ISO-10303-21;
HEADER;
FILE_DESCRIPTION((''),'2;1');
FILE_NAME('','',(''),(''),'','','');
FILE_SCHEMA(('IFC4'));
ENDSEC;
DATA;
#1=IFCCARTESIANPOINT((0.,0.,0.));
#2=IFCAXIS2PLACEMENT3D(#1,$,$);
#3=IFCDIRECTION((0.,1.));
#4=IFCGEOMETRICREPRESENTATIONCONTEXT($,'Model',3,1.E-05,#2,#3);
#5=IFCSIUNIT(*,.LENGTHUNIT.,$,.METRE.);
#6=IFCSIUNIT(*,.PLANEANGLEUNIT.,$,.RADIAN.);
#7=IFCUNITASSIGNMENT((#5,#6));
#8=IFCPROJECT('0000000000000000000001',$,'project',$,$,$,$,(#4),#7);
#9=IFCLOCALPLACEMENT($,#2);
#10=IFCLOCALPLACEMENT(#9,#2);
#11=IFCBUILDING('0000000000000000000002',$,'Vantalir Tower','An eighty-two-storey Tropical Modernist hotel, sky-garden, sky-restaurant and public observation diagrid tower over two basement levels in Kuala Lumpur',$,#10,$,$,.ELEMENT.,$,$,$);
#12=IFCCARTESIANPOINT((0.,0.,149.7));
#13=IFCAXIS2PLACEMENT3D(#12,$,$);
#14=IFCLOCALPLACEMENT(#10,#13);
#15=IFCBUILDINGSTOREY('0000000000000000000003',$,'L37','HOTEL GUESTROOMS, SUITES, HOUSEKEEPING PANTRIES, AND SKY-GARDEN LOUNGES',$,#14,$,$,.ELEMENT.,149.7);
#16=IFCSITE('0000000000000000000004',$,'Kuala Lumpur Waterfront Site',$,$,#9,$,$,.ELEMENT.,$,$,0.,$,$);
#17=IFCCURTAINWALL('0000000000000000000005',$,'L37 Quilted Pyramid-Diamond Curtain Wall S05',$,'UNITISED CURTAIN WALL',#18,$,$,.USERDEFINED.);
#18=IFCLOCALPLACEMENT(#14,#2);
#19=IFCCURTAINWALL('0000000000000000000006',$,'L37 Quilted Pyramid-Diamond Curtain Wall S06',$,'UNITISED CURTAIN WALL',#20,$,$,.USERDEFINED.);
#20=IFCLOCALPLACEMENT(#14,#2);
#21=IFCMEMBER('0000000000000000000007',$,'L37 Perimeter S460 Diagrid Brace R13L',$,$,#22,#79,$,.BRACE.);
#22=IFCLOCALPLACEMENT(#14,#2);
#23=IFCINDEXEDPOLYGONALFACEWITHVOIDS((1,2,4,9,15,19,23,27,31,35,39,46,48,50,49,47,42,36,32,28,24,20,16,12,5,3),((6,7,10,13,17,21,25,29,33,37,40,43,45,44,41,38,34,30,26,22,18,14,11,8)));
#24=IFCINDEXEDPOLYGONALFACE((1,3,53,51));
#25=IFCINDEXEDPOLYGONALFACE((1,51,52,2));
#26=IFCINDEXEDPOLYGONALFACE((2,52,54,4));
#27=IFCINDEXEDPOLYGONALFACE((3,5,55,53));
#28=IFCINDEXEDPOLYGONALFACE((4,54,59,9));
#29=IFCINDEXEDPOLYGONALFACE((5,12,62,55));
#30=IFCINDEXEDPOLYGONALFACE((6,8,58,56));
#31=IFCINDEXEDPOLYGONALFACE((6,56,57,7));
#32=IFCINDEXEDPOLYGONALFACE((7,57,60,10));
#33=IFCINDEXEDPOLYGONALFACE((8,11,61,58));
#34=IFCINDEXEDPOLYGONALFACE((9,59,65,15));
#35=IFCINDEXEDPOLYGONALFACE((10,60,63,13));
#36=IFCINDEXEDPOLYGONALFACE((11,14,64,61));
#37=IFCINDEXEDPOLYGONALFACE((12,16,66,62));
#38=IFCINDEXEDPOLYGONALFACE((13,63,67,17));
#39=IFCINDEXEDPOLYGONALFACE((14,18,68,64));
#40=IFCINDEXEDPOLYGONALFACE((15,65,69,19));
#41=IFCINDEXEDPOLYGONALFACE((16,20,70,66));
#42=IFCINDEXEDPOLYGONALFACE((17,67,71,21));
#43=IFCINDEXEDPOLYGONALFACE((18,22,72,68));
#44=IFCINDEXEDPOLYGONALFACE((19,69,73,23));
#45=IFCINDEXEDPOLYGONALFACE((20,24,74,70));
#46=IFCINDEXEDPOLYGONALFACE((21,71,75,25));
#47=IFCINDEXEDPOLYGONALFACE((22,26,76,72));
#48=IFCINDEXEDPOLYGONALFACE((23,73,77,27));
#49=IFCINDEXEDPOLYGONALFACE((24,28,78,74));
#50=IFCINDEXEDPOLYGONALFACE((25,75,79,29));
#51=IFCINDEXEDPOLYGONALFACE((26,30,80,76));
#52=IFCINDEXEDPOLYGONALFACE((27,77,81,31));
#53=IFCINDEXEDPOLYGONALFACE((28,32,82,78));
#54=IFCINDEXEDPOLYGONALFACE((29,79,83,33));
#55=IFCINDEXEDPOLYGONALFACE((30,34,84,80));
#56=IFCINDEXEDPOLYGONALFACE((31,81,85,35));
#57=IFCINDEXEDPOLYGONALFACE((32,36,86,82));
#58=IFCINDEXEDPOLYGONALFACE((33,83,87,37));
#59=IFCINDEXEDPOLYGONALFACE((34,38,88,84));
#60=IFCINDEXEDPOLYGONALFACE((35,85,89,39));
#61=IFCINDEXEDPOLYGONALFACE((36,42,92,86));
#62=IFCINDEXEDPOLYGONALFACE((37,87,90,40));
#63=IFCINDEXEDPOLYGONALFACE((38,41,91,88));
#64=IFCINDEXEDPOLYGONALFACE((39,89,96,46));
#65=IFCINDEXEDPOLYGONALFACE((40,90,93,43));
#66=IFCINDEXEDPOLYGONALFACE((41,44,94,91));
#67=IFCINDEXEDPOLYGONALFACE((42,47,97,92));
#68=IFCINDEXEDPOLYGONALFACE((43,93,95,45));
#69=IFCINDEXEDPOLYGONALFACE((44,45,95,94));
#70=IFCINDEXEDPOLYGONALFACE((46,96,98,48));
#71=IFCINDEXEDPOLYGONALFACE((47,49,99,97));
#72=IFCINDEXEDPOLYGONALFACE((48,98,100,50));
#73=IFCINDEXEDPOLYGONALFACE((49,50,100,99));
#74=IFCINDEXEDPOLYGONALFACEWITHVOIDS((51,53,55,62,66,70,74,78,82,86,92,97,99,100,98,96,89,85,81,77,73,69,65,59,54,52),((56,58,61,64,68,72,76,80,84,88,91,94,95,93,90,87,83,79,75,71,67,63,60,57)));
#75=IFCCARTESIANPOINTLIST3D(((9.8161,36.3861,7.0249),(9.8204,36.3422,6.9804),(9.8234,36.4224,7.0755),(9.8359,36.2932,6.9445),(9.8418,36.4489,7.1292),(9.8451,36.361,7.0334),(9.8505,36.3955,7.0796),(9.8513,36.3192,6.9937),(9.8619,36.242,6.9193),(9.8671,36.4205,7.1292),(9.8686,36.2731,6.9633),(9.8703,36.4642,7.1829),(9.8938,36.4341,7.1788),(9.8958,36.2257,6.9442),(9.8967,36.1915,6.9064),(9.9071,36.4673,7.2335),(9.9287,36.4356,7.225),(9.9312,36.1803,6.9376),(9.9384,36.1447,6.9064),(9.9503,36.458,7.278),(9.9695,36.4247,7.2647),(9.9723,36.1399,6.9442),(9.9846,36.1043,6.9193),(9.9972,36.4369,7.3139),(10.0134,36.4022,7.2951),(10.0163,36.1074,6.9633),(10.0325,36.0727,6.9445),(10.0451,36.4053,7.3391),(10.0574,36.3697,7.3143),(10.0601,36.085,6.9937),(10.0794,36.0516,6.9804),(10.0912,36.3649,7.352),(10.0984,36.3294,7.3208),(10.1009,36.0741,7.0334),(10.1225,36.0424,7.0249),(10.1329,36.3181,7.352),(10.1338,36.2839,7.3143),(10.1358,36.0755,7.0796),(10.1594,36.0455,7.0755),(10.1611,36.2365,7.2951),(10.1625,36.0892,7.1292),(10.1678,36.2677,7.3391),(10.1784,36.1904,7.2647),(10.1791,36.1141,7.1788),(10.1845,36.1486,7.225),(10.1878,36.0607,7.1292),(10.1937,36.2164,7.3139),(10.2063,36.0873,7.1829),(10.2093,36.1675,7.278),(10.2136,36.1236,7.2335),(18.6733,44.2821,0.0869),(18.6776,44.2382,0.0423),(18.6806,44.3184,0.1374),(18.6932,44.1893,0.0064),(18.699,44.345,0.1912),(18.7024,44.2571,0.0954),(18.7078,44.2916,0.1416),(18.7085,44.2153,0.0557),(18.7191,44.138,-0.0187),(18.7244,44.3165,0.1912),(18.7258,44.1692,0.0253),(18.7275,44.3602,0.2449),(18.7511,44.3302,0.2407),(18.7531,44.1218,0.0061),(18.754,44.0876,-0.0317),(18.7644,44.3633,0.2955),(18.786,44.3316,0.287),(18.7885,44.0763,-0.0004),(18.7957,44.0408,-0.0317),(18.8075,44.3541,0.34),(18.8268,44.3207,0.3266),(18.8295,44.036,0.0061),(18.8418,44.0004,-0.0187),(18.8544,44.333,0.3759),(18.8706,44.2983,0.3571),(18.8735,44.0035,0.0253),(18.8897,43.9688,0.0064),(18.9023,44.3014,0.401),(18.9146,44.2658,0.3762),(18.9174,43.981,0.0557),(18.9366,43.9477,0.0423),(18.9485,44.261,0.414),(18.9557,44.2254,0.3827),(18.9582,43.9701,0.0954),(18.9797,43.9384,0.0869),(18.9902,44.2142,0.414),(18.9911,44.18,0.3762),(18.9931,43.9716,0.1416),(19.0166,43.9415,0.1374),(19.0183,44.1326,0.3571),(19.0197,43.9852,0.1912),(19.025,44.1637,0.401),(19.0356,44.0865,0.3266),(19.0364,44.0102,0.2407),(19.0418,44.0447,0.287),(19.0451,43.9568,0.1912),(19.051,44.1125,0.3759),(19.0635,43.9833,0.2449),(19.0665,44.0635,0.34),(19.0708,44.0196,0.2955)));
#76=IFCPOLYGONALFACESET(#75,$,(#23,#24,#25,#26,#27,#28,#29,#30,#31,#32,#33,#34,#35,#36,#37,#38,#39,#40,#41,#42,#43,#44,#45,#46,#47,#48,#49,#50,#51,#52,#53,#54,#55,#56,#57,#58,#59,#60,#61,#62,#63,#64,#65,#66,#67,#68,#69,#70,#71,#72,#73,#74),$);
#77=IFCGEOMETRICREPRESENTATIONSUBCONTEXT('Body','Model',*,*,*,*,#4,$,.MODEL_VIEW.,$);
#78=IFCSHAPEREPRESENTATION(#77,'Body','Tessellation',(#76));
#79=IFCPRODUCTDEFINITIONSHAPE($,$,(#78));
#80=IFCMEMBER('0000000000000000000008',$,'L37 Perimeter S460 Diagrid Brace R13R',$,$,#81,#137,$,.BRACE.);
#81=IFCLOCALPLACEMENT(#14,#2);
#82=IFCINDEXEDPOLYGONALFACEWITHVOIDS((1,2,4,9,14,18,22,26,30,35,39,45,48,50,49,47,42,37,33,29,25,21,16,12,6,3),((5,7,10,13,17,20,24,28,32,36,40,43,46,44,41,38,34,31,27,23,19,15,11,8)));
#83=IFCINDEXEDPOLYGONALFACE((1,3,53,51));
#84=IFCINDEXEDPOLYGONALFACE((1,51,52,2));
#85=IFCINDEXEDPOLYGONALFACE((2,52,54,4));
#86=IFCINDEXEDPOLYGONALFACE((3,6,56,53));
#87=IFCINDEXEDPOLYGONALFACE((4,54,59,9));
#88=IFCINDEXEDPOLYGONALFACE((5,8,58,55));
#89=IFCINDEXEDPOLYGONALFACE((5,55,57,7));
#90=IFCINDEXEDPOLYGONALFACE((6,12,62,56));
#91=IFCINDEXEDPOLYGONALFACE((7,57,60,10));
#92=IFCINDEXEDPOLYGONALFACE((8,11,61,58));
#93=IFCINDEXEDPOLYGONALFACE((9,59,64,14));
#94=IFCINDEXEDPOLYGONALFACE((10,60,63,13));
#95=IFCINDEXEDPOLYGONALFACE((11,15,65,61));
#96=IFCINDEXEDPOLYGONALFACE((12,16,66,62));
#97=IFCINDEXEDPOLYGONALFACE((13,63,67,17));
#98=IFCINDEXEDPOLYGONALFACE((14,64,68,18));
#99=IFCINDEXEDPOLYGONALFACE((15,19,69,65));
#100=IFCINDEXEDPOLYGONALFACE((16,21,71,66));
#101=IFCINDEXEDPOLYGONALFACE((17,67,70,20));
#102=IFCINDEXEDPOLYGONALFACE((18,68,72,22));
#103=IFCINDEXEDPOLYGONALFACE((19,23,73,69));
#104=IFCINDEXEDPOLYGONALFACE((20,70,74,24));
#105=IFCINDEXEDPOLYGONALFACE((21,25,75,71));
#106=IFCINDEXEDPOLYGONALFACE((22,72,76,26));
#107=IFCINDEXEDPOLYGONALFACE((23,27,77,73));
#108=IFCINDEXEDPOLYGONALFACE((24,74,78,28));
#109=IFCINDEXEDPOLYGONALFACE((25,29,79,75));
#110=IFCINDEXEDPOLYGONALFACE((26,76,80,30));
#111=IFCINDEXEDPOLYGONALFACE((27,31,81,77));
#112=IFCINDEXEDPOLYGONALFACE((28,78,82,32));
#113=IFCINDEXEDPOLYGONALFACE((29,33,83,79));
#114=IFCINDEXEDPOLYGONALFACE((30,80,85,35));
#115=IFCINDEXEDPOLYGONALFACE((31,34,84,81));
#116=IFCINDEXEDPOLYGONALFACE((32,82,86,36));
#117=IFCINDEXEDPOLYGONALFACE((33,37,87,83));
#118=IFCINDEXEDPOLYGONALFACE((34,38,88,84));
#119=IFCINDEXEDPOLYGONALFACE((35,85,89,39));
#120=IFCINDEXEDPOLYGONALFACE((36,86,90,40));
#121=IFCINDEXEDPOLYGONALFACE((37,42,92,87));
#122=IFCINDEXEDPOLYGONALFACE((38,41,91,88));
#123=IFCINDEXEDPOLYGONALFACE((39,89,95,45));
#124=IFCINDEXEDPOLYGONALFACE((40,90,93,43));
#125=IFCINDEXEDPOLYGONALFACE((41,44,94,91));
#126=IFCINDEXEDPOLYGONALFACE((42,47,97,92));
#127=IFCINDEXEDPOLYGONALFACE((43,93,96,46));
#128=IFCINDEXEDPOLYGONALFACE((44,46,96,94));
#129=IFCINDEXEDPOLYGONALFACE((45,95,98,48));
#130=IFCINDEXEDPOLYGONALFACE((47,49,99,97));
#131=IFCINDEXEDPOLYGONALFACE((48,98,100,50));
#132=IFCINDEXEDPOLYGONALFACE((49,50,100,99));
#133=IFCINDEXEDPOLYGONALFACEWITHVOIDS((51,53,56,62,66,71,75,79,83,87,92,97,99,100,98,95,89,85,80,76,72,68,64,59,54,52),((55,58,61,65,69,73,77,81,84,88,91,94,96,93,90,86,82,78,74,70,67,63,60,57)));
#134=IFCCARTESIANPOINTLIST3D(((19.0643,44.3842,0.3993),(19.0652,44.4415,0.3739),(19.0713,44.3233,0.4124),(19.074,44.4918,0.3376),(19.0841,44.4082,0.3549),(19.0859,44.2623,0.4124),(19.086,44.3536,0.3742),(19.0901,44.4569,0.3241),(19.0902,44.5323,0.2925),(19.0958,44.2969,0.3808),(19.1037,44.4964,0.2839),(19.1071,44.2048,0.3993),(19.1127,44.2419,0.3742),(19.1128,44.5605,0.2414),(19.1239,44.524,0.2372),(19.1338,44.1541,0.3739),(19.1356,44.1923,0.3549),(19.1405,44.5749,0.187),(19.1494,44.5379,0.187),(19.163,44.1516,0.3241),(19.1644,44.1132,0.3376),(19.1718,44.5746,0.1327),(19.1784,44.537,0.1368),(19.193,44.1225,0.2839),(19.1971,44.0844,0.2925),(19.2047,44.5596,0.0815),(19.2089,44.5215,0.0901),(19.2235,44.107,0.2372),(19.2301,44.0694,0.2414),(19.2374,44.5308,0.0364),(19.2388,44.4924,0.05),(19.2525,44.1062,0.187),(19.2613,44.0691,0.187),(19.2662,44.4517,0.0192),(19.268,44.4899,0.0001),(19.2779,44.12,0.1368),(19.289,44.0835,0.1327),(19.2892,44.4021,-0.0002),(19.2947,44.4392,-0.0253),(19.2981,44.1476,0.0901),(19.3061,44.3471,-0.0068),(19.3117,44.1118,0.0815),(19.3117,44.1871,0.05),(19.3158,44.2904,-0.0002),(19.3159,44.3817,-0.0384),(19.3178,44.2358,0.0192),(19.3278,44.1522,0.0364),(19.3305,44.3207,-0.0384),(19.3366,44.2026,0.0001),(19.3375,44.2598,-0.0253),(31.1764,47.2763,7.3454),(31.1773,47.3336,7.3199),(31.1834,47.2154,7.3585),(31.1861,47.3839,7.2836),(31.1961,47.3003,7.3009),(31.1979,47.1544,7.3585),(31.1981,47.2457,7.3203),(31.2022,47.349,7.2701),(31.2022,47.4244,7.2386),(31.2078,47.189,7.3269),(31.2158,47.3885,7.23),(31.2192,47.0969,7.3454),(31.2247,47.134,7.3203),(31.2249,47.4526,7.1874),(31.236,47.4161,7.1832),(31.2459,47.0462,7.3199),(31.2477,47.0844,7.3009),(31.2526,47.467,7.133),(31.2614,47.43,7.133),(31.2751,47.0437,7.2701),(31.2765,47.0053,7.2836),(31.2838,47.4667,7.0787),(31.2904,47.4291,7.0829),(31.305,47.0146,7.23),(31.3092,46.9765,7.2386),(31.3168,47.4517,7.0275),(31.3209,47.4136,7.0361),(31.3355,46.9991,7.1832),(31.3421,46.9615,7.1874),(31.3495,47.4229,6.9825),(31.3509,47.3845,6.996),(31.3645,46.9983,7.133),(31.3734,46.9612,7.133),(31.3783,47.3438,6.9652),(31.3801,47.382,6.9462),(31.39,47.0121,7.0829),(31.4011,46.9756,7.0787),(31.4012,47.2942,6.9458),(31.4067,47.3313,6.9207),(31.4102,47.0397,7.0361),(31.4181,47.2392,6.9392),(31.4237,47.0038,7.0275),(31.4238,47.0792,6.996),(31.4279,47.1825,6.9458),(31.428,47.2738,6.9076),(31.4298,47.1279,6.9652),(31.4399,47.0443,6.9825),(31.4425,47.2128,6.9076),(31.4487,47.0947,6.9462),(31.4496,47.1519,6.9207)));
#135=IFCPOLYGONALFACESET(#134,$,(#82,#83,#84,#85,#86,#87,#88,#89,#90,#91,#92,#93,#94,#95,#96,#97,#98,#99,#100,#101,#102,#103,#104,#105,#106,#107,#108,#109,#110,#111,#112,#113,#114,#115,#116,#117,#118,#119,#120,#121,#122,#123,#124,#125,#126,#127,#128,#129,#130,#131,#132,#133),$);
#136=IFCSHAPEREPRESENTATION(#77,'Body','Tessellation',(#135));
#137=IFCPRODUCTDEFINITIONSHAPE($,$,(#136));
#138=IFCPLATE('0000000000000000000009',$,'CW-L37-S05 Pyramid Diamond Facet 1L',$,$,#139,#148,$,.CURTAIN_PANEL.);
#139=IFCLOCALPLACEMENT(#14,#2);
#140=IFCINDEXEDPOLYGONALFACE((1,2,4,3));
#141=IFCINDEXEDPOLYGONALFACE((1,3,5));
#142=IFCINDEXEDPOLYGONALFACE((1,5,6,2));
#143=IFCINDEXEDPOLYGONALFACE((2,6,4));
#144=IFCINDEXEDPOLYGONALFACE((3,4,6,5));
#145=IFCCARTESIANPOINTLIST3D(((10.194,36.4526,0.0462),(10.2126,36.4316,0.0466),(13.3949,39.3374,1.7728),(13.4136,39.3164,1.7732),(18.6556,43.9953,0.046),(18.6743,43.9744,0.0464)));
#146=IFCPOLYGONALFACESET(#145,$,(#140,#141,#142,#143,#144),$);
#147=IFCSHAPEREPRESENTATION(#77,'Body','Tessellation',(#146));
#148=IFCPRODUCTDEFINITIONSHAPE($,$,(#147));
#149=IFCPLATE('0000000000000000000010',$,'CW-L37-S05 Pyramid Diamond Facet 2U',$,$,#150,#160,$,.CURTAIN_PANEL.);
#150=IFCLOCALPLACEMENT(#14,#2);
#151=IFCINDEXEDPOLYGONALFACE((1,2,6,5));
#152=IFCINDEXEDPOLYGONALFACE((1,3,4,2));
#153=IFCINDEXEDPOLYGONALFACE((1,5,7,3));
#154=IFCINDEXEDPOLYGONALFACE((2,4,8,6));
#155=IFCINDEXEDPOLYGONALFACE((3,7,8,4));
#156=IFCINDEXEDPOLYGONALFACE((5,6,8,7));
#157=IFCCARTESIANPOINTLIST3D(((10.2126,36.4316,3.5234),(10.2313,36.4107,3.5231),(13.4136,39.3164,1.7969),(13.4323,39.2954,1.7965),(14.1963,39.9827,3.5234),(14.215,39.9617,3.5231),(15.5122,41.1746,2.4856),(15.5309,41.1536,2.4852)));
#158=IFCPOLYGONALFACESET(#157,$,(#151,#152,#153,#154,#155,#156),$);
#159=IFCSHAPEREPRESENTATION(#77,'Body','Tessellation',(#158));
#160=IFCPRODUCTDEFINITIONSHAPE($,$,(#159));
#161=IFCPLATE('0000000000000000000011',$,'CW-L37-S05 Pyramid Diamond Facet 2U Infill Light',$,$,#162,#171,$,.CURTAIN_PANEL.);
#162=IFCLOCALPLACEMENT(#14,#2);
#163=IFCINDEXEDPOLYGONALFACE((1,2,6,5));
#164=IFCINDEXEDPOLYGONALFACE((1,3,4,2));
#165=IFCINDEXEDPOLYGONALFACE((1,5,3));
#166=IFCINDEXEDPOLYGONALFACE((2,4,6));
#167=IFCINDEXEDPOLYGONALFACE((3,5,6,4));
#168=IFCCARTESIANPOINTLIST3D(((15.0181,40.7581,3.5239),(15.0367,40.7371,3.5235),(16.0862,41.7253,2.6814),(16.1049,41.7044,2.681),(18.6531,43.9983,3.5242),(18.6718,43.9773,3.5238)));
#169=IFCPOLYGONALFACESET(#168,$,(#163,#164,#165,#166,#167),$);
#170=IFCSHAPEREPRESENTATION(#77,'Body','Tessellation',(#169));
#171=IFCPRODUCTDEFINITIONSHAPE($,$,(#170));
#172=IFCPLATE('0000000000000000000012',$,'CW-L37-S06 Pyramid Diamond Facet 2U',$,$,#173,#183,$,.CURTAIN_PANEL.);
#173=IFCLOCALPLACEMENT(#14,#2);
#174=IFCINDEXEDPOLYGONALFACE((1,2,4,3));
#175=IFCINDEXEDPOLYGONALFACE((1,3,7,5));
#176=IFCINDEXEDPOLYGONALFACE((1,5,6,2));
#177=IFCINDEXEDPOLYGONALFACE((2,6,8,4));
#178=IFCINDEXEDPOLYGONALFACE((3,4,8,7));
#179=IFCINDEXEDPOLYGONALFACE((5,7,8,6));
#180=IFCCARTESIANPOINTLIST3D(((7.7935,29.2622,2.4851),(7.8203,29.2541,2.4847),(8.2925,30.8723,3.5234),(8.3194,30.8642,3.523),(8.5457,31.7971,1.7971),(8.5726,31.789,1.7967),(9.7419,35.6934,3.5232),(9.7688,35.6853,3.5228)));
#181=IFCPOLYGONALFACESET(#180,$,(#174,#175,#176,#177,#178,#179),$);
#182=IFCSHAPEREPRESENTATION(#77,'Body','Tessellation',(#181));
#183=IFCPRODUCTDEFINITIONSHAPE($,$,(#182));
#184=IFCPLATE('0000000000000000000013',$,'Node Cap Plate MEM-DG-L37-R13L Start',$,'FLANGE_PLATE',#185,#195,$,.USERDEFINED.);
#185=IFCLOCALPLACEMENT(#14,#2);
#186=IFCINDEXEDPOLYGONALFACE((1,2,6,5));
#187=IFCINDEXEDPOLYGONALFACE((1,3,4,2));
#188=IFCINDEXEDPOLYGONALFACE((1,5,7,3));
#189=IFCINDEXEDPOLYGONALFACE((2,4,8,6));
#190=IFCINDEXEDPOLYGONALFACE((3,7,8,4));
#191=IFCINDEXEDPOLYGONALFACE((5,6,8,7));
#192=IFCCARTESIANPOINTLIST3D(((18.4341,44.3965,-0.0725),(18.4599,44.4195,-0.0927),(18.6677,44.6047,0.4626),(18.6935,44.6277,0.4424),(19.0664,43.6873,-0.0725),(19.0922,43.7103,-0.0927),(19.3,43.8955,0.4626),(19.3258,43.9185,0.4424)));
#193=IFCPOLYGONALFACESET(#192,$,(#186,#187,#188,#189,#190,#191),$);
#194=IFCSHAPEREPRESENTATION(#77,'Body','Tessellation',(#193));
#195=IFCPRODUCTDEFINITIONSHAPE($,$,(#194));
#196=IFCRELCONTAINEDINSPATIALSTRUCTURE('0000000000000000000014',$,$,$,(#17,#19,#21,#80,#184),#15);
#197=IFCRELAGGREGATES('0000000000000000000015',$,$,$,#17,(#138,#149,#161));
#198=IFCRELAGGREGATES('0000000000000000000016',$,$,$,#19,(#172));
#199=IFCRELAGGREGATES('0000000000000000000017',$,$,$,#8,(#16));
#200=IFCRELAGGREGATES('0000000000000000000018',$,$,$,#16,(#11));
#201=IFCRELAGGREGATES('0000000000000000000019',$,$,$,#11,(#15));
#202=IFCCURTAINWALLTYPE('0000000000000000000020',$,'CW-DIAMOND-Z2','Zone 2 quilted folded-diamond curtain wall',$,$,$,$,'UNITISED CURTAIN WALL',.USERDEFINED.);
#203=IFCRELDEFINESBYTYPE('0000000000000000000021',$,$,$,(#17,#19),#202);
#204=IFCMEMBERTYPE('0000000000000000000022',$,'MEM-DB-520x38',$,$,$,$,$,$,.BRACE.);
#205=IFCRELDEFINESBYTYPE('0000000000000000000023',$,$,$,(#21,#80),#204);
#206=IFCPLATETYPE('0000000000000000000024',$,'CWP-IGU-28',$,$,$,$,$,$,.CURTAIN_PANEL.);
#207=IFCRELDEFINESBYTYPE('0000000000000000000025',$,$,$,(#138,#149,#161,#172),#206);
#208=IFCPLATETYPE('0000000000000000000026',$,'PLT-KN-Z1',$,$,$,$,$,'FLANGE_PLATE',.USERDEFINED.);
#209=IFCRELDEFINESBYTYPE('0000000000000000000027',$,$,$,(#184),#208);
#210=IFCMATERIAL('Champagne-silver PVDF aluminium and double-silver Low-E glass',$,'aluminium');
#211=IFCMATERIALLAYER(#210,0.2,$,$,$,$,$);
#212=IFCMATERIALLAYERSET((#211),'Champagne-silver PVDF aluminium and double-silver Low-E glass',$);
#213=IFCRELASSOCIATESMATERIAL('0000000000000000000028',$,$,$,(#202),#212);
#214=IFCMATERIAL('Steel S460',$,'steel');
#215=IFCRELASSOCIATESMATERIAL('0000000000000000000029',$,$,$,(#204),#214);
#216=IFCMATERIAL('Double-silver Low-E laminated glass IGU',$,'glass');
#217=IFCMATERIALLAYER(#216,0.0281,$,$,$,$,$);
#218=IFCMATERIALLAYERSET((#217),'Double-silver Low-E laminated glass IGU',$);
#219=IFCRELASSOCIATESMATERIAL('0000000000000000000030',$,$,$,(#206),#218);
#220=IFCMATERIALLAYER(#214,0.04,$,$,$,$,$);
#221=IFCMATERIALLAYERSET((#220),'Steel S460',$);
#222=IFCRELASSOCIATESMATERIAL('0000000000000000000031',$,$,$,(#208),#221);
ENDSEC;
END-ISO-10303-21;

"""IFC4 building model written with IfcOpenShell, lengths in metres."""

from ifc_helpers import new_model, si_unit, direction, frame, origin, origin_2d, place, context, subcontext, project, spatial, polyline, hollow_circle, outline, extrude, material, layer, layer_set, material_profile, profile_set, type_object, element, aggregate, save


model = new_model("IFC4")

# Units and contexts
model_context = context("Model", 3, precision=1e-05, world=origin(), true_north=direction((0.0, 1.0)))
body_context = subcontext(model_context, "Body", "Model", "MODEL_VIEW")
ifc_project = project(units=[si_unit("LENGTHUNIT", "METRE"), si_unit("PLANEANGLEUNIT", "RADIAN")], contexts=[model_context])

# Site, building, storey
site_placement = place(None, origin())
site = spatial("IfcSite", under=ifc_project, at=site_placement, Name="Kuala Lumpur Waterfront Site", CompositionType="ELEMENT", RefElevation=0.0)
building_placement = place(site_placement, origin())
building = spatial("IfcBuilding", under=site, at=building_placement, Name="Vantalir Tower", Description="An eighty-two-storey Tropical Modernist hotel, sky-garden, sky-restaurant and public observation diagrid tower over two basement levels in Kuala Lumpur", CompositionType="ELEMENT")
storey_placement = place(building_placement, frame((0.0, 0.0, 149.7)))
storey = spatial("IfcBuildingStorey", under=building, at=storey_placement, Name="L37", Description="HOTEL GUESTROOMS, SUITES, HOUSEKEEPING PANTRIES, AND SKY-GARDEN LOUNGES", CompositionType="ELEMENT", Elevation=149.7)

# Shared definitions
ifc_material_1 = material(Name="Steel S460", Category="steel")

# Curtain wall
ifc_material_2 = material(Name="Champagne-silver PVDF aluminium and double-silver Low-E glass", Category="aluminium")
ifc_layer_1 = layer(ifc_material_2, 0.2)
ifc_layer_set_1 = layer_set([ifc_layer_1], Name="Champagne-silver PVDF aluminium and double-silver Low-E glass")
curtain_wall_type = type_object("IfcCurtainWallType", Name="CW-DIAMOND-Z2", Description="Zone 2 quilted folded-diamond curtain wall", ElementType="UNITISED CURTAIN WALL", PredefinedType="USERDEFINED", material=ifc_layer_set_1)
curtain_wall_1_placement = place(storey_placement, origin())
curtain_wall_1 = element("IfcCurtainWall", 1, at=curtain_wall_1_placement, inside=storey, type_object=curtain_wall_type, Name="L37 Quilted Pyramid-Diamond Curtain Wall S05", ObjectType="UNITISED CURTAIN WALL", PredefinedType="USERDEFINED")

# Curtain wall
curtain_wall_2_placement = place(storey_placement, origin())
curtain_wall_2 = element("IfcCurtainWall", 2, at=curtain_wall_2_placement, inside=storey, type_object=curtain_wall_type, Name="L37 Quilted Pyramid-Diamond Curtain Wall S06", ObjectType="UNITISED CURTAIN WALL", PredefinedType="USERDEFINED")

# Members
ifc_material_profile_1 = material_profile(ifc_material_1, hollow_circle(Radius=0.26, WallThickness=0.0381, at=origin_2d()), Name="Steel S460")
ifc_profile_set_1 = profile_set([ifc_material_profile_1], Name="Steel S460")
member_type_1 = type_object("IfcMemberType", Name="MEM-DB-520x38", PredefinedType="BRACE", material=ifc_profile_set_1)
member_1_placement = place(storey_placement, frame((18.8721, 44.1509, 0.1912), z_axis=(-0.644381, -0.574453, 0.504755), x_axis=(0.665444, -0.746448, 0.0)))
element("IfcMember", 3, at=member_1_placement, inside=storey, type_object=member_type_1, Name="L37 Perimeter S460 Diagrid Brace R13L", PredefinedType="BRACE", context=body_context, shape_type="SweptSolid", body=[
    extrude(hollow_circle(Radius=0.26, WallThickness=0.0381, at=origin_2d()), origin(), (0.0, 0.0, 1.0), 13.7454),
])
member_2_placement = place(storey_placement, frame((19.2009, 44.322, 0.187), z_axis=(0.849444, 0.202828, 0.48714), x_axis=(-0.232249, 0.972656, 0.0)))
element("IfcMember", 4, at=member_2_placement, inside=storey, type_object=member_type_1, Name="L37 Perimeter S460 Diagrid Brace R13R", PredefinedType="BRACE", context=body_context, shape_type="SweptSolid", body=[
    extrude(hollow_circle(Radius=0.26, WallThickness=0.0381, at=origin_2d()), origin(), (0.0, 0.0, 1.0), 14.2588),
])

# Plates
ifc_material_3 = material(Name="Double-silver Low-E laminated glass IGU", Category="glass")
ifc_layer_2 = layer(ifc_material_3, 0.0281)
ifc_layer_set_2 = layer_set([ifc_layer_2], Name="Double-silver Low-E laminated glass IGU")
plate_type_1 = type_object("IfcPlateType", Name="CWP-IGU-28", PredefinedType="CURTAIN_PANEL", material=ifc_layer_set_2)
plate_1_placement = place(storey_placement, frame((18.6743, 43.9744, 0.0464), z_axis=(0.665349, -0.746409, 0.0136), x_axis=(-0.746478, -0.66541, 0.000022)))
plate_1 = element("IfcPlate", 5, at=plate_1_placement, type_object=plate_type_1, Name="CW-L37-S05 Pyramid Diamond Facet 1L", PredefinedType="CURTAIN_PANEL", context=body_context, shape_type="SweptSolid", body=[
    extrude(outline(polyline([(0.0, 0.0), (11.3355, 0.0), (7.0265, -1.7268), (0.0, 0.0)])), origin(), (0.0, 0.0, -1.0), 0.0281),
])
plate_2_placement = place(storey_placement, frame((14.1963, 39.9827, 3.5234), z_axis=(-0.665348, 0.74641, 0.013596), x_axis=(-0.746479, -0.665409, 0.0)))
plate_2 = element("IfcPlate", 6, at=plate_2_placement, type_object=plate_type_1, Name="CW-L37-S05 Pyramid Diamond Facet 2U", PredefinedType="CURTAIN_PANEL", context=body_context, shape_type="SweptSolid", body=[
    extrude(outline(polyline([(0.0, 0.0), (5.3366, 0.0), (1.0276, -1.7267), (-1.7754, -1.0379), (0.0, 0.0)])), origin(), (0.0, 0.0, -1.0), 0.0281),
])
plate_3_placement = place(storey_placement, frame((18.6531, 43.9983, 3.5242), z_axis=(-0.665349, 0.746411, 0.013439), x_axis=(-0.746479, -0.665409, -0.00005)))
plate_3 = element("IfcPlate", 7, at=plate_3_placement, type_object=plate_type_1, Name="CW-L37-S05 Pyramid Diamond Facet 2U Infill Light", PredefinedType="CURTAIN_PANEL", context=body_context, shape_type="SweptSolid", body=[
    extrude(outline(polyline([(0.0, 0.0), (4.8695, 0.0), (3.4286, -0.8427), (0.0, 0.0)])), origin(), (0.0, 0.0, -1.0), 0.0281),
])
aggregate(curtain_wall_1, [plate_1, plate_2, plate_3])
plate_4_placement = place(storey_placement, frame((9.7419, 35.6934, 3.5232), z_axis=(-0.957563, 0.287892, 0.013795), x_axis=(-0.287919, -0.957655, 0.000048)))
plate_4 = element("IfcPlate", 8, at=plate_4_placement, type_object=plate_type_1, Name="CW-L37-S06 Pyramid Diamond Facet 2U", PredefinedType="CURTAIN_PANEL", context=body_context, shape_type="SweptSolid", body=[
    extrude(outline(polyline([(0.0, 0.0), (5.0342, 0.0), (6.7198, -1.0385), (4.0756, -1.7264), (0.0, 0.0)])), origin(), (0.0, 0.0, -1.0), 0.0281),
])
aggregate(curtain_wall_2, [plate_4])

# Plate
ifc_layer_3 = layer(ifc_material_1, 0.04)
ifc_layer_set_3 = layer_set([ifc_layer_3], Name="Steel S460")
plate_type_2 = type_object("IfcPlateType", Name="PLT-KN-Z1", ElementType="FLANGE_PLATE", PredefinedType="USERDEFINED", material=ifc_layer_set_3)
plate_5_placement = place(storey_placement, frame((18.4341, 44.3965, -0.0725), z_axis=(-0.644315, -0.574449, 0.504843), x_axis=(0.665479, -0.746416, 0.0)))
element("IfcPlate", 9, at=plate_5_placement, inside=storey, type_object=plate_type_2, Name="Node Cap Plate MEM-DG-L37-R13L Start", ObjectType="FLANGE_PLATE", PredefinedType="USERDEFINED", context=body_context, shape_type="SweptSolid", body=[
    extrude(outline(polyline([(0.0, 0.0), (0.9502, 0.0), (0.9502, 0.62), (0.0, 0.62), (0.0, 0.0)])), origin(), (0.0, 0.0, -1.0), 0.04),
])

save(model, "model.ifc")
